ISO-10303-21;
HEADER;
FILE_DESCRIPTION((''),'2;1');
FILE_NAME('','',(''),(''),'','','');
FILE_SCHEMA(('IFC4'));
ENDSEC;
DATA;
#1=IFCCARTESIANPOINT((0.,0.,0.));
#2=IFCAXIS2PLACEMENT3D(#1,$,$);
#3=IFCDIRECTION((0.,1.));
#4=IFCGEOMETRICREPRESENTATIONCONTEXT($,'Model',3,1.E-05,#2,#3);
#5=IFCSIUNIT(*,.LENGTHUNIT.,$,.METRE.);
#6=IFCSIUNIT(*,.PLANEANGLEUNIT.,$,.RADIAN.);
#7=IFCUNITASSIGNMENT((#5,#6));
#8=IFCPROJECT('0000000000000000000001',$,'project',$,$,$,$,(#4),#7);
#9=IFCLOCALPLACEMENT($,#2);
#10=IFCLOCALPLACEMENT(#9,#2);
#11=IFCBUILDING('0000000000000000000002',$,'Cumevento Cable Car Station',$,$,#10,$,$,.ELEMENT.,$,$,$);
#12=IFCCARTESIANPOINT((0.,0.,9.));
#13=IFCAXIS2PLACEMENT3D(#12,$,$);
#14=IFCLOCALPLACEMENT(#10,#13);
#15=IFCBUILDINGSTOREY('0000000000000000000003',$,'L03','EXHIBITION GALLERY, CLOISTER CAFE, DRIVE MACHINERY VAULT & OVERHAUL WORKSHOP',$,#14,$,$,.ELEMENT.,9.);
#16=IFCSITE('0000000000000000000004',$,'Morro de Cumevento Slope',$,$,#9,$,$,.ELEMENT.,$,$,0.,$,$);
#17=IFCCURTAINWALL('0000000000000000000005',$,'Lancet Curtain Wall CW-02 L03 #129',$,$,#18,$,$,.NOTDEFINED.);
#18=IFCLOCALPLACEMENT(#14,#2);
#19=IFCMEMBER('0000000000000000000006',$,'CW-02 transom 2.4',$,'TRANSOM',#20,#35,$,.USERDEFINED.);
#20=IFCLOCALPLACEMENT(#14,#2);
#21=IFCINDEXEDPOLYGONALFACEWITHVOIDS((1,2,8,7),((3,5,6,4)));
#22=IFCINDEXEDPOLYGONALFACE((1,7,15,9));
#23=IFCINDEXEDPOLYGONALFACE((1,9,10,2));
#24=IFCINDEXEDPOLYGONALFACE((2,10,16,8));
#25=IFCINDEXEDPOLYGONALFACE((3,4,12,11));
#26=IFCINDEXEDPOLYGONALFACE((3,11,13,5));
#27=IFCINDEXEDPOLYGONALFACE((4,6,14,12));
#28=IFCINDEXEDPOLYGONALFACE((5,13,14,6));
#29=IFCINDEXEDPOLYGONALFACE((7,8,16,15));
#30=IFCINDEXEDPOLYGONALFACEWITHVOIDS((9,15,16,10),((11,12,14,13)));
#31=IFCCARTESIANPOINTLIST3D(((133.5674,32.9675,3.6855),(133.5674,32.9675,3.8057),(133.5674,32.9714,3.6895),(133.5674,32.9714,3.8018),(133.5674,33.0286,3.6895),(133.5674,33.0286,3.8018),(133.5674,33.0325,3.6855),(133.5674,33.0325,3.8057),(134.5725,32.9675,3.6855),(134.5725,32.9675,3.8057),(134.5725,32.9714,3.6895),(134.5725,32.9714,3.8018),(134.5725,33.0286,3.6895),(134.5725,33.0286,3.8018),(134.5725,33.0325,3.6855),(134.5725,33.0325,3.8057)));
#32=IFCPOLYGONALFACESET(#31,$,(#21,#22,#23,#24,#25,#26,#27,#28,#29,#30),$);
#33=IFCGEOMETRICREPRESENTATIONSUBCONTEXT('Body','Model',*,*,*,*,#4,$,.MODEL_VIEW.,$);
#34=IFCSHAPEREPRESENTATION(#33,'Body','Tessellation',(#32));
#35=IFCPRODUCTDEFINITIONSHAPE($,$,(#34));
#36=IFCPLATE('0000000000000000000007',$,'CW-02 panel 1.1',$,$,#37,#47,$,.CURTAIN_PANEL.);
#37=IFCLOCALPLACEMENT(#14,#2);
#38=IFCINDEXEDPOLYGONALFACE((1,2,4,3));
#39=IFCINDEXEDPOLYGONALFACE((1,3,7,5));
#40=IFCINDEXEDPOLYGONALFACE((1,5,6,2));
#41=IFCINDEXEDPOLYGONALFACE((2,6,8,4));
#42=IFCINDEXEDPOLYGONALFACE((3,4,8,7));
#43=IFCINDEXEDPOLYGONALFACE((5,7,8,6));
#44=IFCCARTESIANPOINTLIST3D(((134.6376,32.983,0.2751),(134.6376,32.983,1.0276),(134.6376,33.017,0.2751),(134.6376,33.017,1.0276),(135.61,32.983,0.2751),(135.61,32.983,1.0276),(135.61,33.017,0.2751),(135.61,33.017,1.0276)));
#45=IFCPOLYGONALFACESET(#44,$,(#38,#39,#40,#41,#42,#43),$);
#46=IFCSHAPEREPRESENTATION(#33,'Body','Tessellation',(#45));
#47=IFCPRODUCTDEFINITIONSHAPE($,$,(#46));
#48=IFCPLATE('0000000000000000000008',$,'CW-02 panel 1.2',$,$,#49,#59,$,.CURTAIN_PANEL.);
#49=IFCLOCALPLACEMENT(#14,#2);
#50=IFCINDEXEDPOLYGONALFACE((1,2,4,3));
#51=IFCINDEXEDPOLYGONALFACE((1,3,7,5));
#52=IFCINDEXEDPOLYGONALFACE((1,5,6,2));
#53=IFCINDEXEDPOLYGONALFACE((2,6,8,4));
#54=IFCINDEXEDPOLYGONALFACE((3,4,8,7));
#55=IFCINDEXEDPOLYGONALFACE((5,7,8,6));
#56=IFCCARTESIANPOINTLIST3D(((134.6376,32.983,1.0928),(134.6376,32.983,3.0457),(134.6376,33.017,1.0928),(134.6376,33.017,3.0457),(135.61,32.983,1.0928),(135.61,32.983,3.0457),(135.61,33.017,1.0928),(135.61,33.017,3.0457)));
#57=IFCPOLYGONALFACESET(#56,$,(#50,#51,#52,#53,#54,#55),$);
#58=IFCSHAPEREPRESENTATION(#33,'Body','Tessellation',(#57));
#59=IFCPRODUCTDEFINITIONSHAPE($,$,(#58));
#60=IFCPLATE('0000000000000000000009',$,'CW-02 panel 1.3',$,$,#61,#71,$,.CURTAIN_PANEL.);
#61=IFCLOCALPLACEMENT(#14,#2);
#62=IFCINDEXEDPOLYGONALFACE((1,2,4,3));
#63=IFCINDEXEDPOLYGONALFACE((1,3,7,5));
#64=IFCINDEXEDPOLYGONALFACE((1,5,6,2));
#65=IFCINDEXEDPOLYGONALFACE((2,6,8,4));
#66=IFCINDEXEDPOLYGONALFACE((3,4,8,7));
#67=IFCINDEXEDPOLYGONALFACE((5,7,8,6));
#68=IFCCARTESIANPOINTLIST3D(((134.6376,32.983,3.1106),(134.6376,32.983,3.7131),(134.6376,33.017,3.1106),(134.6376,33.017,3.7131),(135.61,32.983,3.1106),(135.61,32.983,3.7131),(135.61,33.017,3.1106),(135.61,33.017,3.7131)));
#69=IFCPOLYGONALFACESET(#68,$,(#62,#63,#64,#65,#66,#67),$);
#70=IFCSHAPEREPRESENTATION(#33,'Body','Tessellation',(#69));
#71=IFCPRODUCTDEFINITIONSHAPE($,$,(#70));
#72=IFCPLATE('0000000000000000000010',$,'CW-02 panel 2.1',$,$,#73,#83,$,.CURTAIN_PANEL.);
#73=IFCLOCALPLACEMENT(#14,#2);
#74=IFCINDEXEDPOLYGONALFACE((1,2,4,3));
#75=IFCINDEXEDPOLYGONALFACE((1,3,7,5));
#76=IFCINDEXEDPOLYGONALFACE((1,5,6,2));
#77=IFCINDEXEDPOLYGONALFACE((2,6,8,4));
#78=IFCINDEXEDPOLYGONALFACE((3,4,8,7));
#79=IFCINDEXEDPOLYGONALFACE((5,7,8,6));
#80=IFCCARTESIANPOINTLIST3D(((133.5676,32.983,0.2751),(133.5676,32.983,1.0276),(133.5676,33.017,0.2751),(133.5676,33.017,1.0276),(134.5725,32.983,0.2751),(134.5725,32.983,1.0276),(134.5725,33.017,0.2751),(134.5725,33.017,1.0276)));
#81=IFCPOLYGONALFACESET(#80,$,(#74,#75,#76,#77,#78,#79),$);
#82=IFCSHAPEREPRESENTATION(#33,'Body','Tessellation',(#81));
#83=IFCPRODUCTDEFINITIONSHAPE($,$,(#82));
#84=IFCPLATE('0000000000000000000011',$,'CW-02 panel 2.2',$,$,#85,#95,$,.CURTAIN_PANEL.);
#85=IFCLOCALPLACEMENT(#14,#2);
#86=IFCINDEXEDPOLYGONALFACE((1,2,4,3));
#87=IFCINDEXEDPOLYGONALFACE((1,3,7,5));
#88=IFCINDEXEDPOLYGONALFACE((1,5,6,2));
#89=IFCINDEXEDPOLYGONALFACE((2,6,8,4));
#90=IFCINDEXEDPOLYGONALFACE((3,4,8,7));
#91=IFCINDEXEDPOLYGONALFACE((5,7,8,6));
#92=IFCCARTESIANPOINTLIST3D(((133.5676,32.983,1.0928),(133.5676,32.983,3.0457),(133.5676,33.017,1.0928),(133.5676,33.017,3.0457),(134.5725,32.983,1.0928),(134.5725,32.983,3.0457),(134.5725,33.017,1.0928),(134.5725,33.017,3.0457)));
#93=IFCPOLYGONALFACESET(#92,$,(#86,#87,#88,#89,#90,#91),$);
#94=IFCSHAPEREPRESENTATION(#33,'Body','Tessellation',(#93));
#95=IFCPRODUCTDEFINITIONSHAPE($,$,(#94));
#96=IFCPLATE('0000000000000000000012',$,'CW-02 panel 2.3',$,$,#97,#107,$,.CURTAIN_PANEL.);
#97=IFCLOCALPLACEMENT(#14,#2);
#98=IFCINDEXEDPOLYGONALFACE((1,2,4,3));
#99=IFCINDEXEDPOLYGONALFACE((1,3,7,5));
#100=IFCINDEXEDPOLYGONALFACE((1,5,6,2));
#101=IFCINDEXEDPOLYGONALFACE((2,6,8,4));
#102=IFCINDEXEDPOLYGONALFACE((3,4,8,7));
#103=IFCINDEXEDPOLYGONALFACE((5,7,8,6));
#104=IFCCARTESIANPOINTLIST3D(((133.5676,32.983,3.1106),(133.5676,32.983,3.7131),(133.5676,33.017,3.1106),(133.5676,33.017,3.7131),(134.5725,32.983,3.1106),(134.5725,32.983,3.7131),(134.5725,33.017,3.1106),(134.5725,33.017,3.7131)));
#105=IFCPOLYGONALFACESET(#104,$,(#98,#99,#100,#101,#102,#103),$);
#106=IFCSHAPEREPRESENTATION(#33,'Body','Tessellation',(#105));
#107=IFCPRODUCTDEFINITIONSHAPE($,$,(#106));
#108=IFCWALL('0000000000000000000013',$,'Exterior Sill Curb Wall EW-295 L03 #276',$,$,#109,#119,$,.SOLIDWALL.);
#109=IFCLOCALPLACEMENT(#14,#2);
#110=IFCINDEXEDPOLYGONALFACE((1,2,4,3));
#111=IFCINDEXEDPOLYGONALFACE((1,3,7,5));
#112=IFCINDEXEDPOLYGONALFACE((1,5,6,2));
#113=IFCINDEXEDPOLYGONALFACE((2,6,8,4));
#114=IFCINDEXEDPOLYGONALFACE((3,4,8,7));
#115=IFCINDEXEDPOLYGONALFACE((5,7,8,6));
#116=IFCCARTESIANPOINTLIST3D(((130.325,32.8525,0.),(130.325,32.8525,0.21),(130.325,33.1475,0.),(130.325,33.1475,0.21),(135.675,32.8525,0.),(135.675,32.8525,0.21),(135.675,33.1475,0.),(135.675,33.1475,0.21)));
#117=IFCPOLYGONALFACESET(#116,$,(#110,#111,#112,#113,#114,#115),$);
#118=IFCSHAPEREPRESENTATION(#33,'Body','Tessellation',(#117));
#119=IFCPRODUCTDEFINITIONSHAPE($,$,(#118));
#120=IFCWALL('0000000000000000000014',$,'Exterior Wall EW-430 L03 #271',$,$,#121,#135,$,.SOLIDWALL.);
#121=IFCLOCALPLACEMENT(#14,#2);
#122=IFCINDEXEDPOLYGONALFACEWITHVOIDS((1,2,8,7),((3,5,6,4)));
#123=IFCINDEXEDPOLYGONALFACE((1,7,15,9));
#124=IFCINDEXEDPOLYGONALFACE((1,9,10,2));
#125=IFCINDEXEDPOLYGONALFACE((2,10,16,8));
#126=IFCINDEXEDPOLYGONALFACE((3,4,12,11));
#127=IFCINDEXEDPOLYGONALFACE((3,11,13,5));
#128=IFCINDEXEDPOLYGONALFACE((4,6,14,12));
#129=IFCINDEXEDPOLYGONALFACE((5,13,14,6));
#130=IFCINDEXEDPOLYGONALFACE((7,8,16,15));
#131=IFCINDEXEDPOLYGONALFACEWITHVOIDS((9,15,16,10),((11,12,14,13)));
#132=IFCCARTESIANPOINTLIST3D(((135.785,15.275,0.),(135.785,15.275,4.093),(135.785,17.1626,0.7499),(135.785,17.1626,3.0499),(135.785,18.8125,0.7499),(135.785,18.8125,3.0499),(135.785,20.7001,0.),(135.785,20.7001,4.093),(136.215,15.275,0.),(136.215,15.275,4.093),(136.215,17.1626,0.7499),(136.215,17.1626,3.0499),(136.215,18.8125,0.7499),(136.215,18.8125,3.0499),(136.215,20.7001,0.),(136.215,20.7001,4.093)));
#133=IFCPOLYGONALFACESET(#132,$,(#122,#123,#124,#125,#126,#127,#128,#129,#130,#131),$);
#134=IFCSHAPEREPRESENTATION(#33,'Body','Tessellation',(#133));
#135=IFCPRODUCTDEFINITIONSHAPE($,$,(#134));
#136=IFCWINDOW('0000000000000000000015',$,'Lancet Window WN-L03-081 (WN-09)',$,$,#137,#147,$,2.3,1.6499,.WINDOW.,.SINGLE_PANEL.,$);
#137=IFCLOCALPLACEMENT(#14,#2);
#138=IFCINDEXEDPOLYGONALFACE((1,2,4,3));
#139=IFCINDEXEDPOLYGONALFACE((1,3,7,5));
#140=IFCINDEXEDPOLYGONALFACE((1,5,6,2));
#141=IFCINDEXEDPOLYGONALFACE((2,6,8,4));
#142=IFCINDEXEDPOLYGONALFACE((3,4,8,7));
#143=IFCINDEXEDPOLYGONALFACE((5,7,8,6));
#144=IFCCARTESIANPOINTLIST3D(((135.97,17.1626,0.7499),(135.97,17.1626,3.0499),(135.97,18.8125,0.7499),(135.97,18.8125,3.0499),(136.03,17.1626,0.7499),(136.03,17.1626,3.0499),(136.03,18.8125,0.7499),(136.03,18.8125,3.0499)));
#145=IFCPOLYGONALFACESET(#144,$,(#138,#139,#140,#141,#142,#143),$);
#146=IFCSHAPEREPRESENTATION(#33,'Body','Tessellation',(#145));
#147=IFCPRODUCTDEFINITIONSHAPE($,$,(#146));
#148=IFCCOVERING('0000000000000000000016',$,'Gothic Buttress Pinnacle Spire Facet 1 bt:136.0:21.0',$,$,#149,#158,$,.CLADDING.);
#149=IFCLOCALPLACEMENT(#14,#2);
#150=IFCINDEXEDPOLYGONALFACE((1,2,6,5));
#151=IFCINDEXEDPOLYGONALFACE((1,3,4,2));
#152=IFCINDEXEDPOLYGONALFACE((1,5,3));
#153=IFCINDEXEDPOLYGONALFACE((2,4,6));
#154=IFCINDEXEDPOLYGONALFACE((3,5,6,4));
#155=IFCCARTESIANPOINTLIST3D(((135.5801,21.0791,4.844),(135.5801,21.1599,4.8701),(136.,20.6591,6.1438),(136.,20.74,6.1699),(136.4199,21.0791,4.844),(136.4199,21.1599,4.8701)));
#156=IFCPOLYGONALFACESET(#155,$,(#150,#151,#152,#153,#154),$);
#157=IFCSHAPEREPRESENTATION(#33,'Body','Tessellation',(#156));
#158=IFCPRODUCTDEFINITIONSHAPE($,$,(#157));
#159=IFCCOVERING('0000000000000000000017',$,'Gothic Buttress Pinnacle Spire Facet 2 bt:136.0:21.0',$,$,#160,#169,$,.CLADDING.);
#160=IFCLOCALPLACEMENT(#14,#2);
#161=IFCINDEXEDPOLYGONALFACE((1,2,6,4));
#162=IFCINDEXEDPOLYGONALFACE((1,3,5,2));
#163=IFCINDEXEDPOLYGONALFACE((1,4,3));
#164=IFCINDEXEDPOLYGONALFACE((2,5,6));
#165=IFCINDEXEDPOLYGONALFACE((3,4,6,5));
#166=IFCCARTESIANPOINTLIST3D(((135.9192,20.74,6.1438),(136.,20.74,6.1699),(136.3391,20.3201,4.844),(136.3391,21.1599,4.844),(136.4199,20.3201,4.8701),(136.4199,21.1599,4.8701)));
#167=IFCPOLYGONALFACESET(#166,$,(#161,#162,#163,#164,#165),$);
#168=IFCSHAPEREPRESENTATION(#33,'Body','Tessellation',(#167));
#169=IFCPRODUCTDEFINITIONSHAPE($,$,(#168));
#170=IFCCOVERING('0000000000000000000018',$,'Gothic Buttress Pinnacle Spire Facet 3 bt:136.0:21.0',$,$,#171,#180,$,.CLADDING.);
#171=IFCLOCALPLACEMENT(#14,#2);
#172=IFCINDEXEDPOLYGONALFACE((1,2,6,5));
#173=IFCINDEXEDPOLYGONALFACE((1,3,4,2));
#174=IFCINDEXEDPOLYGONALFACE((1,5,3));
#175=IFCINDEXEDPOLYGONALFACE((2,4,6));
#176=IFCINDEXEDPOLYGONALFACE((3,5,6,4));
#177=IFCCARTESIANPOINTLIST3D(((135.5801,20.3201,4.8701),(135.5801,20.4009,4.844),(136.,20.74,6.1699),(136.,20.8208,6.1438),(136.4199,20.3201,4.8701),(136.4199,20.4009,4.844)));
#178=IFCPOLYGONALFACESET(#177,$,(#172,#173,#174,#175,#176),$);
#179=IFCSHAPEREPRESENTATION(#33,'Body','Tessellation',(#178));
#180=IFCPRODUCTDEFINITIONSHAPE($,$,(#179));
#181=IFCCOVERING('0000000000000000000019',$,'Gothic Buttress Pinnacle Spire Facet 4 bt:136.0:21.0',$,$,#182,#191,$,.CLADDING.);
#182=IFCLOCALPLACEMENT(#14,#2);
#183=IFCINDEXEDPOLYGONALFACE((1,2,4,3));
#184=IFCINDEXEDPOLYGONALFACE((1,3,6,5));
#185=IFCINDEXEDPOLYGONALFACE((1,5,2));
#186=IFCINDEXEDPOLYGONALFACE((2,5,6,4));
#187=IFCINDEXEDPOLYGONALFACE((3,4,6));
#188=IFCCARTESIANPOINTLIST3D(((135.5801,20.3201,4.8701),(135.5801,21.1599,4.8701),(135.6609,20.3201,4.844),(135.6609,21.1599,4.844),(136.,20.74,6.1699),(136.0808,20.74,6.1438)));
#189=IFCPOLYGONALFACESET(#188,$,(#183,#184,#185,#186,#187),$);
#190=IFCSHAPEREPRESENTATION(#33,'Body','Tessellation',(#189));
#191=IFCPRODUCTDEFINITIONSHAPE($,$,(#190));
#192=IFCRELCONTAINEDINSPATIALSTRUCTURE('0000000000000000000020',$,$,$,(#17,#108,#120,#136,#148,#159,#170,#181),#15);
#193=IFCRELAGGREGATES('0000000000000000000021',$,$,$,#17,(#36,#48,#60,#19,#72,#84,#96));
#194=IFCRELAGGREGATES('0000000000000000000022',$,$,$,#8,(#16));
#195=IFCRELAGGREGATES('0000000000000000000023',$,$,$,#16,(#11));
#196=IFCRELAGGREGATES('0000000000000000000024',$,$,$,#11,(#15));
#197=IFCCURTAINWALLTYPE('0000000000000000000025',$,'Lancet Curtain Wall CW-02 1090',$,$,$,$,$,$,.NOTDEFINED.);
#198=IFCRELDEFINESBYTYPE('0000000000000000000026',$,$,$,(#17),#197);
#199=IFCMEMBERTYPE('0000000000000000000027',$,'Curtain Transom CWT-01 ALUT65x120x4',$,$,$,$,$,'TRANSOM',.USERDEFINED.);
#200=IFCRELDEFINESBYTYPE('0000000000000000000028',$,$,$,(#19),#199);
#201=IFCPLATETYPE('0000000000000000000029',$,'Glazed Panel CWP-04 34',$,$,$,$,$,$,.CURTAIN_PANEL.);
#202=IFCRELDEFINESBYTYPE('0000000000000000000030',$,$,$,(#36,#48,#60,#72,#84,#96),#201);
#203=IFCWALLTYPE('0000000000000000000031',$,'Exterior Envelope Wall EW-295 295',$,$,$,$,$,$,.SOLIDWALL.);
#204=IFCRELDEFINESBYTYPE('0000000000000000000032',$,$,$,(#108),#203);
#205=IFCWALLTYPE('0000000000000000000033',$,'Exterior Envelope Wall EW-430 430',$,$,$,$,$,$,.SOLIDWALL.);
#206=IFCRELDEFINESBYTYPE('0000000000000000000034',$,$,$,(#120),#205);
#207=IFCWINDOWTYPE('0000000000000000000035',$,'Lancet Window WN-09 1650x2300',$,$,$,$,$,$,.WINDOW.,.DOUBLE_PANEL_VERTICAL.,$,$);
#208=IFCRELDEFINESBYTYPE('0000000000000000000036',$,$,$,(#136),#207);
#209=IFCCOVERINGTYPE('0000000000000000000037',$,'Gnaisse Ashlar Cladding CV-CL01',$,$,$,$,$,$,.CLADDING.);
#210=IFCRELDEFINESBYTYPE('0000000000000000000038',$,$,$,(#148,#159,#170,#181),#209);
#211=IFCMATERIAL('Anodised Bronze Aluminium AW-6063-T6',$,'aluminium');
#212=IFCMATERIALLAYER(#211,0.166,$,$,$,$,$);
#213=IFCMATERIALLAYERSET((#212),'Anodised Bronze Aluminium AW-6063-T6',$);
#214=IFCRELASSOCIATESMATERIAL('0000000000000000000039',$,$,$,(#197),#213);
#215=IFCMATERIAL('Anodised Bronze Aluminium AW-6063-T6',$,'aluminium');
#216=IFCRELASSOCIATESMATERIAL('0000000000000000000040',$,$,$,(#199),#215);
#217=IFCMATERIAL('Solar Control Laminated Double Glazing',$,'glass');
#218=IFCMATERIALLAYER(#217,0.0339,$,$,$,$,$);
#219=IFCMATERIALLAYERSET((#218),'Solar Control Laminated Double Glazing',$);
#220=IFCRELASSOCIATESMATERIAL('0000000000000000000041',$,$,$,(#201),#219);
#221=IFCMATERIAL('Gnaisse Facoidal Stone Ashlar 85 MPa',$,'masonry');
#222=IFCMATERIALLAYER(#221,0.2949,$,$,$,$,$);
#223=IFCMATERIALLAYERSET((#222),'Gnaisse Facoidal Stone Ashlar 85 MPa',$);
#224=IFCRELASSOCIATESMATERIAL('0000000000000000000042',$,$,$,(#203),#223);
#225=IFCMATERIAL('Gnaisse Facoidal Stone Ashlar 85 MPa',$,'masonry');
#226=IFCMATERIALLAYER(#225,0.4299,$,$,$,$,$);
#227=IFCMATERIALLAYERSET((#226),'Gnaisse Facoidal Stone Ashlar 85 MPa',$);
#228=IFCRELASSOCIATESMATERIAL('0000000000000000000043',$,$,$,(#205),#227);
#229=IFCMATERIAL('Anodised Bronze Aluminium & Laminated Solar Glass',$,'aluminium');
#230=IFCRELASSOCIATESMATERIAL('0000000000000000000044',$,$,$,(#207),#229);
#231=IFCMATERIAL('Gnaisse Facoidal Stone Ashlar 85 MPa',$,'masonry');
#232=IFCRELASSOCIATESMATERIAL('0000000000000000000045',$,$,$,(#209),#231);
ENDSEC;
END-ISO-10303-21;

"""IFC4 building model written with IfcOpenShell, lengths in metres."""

from ifc_helpers import new_model, si_unit, direction, frame, frame_2d, origin, origin_2d, place, context, subcontext, project, spatial, polyline, rectangle, hollow_rectangle, outline, extrude, material, layer, layer_set, material_profile, profile_set, type_object, element, fill, aggregate, save


model = new_model("IFC4")

# Units and contexts
model_context = context("Model", 3, precision=1e-05, world=origin(), true_north=direction((0.0, 1.0)))
body_context = subcontext(model_context, "Body", "Model", "MODEL_VIEW")
ifc_project = project(units=[si_unit("LENGTHUNIT", "METRE"), si_unit("PLANEANGLEUNIT", "RADIAN")], contexts=[model_context])

# Site, building, storey
site_placement = place(None, origin())
site = spatial("IfcSite", under=ifc_project, at=site_placement, Name="Morro de Cumevento Slope", CompositionType="ELEMENT", RefElevation=0.0)
building_placement = place(site_placement, origin())
building = spatial("IfcBuilding", under=site, at=building_placement, Name="Cumevento Cable Car Station", CompositionType="ELEMENT")
storey_placement = place(building_placement, frame((0.0, 0.0, 9.0)))
storey = spatial("IfcBuildingStorey", under=building, at=storey_placement, Name="L03", Description="EXHIBITION GALLERY, CLOISTER CAFE, DRIVE MACHINERY VAULT & OVERHAUL WORKSHOP", CompositionType="ELEMENT", Elevation=9.0)

# Curtain wall, member, plates
ifc_material_1 = material(Name="Anodised Bronze Aluminium AW-6063-T6", Category="aluminium")
ifc_layer_1 = layer(ifc_material_1, 0.166)
ifc_layer_set_1 = layer_set([ifc_layer_1], Name="Anodised Bronze Aluminium AW-6063-T6")
curtain_wall_type = type_object("IfcCurtainWallType", Name="Lancet Curtain Wall CW-02 1090", PredefinedType="NOTDEFINED", material=ifc_layer_set_1)
curtain_wall_placement = place(storey_placement, origin())
curtain_wall = element("IfcCurtainWall", 1, at=curtain_wall_placement, inside=storey, type_object=curtain_wall_type, Name="Lancet Curtain Wall CW-02 L03 #129", PredefinedType="NOTDEFINED")
ifc_material_2 = material(Name="Anodised Bronze Aluminium AW-6063-T6", Category="aluminium")
ifc_material_profile_1 = material_profile(ifc_material_2, hollow_rectangle(XDim=0.0649, YDim=0.1201, WallThickness=0.0039, at=origin_2d()), Name="ALUT65x120x4")
ifc_profile_set_1 = profile_set([ifc_material_profile_1], Name="Anodised Bronze Aluminium AW-6063-T6")
member_type_1 = type_object("IfcMemberType", Name="Curtain Transom CWT-01 ALUT65x120x4", ElementType="TRANSOM", PredefinedType="USERDEFINED", material=ifc_profile_set_1)
member_1_placement = place(storey_placement, frame((134.5725, 33.0, 3.7456), z_axis=(-1.0, 0.0, 0.0), x_axis=(0.0, -1.0, 0.0)))
member_1 = element("IfcMember", 2, at=member_1_placement, type_object=member_type_1, Name="CW-02 transom 2.4", ObjectType="TRANSOM", PredefinedType="USERDEFINED", context=body_context, shape_type="SweptSolid", body=[
    extrude(hollow_rectangle(XDim=0.0649, YDim=0.1201, WallThickness=0.0039, at=origin_2d()), origin(), (0.0, 0.0, 1.0), 1.0051),
])
ifc_material_3 = material(Name="Solar Control Laminated Double Glazing", Category="glass")
ifc_layer_2 = layer(ifc_material_3, 0.0339)
ifc_layer_set_2 = layer_set([ifc_layer_2], Name="Solar Control Laminated Double Glazing")
plate_type = type_object("IfcPlateType", Name="Glazed Panel CWP-04 34", PredefinedType="CURTAIN_PANEL", material=ifc_layer_set_2)
plate_1_placement = place(storey_placement, frame((135.1238, 33.0, 0.2751), z_axis=(0.0, 0.0, 1.0), x_axis=(-1.0, 0.0, 0.0)))
plate_1 = element("IfcPlate", 3, at=plate_1_placement, type_object=plate_type, Name="CW-02 panel 1.1", PredefinedType="CURTAIN_PANEL", context=body_context, shape_type="SweptSolid", body=[
    extrude(rectangle(XDim=0.9724, YDim=0.0339, at=origin_2d()), origin(), (0.0, 0.0, 1.0), 0.7524),
])
plate_2_placement = place(storey_placement, frame((135.1238, 33.0, 1.0928), z_axis=(0.0, 0.0, 1.0), x_axis=(-1.0, 0.0, 0.0)))
plate_2 = element("IfcPlate", 4, at=plate_2_placement, type_object=plate_type, Name="CW-02 panel 1.2", PredefinedType="CURTAIN_PANEL", context=body_context, shape_type="SweptSolid", body=[
    extrude(rectangle(XDim=0.9724, YDim=0.0339, at=origin_2d()), origin(), (0.0, 0.0, 1.0), 1.9529),
])
plate_3_placement = place(storey_placement, frame((135.1238, 33.0, 3.1106), z_axis=(0.0, 0.0, 1.0), x_axis=(-1.0, 0.0, 0.0)))
plate_3 = element("IfcPlate", 5, at=plate_3_placement, type_object=plate_type, Name="CW-02 panel 1.3", PredefinedType="CURTAIN_PANEL", context=body_context, shape_type="SweptSolid", body=[
    extrude(rectangle(XDim=0.9724, YDim=0.0339, at=origin_2d()), origin(), (0.0, 0.0, 1.0), 0.6025),
])
plate_4_placement = place(storey_placement, frame((134.0701, 33.0, 0.2751), z_axis=(0.0, 0.0, 1.0), x_axis=(-1.0, 0.0, 0.0)))
plate_4 = element("IfcPlate", 6, at=plate_4_placement, type_object=plate_type, Name="CW-02 panel 2.1", PredefinedType="CURTAIN_PANEL", context=body_context, shape_type="SweptSolid", body=[
    extrude(rectangle(XDim=1.0049, YDim=0.0339, at=origin_2d()), origin(), (0.0, 0.0, 1.0), 0.7524),
])
plate_5_placement = place(storey_placement, frame((134.0701, 33.0, 1.0928), z_axis=(0.0, 0.0, 1.0), x_axis=(-1.0, 0.0, 0.0)))
plate_5 = element("IfcPlate", 7, at=plate_5_placement, type_object=plate_type, Name="CW-02 panel 2.2", PredefinedType="CURTAIN_PANEL", context=body_context, shape_type="SweptSolid", body=[
    extrude(rectangle(XDim=1.0049, YDim=0.0339, at=origin_2d()), origin(), (0.0, 0.0, 1.0), 1.9529),
])
plate_6_placement = place(storey_placement, frame((134.0701, 33.0, 3.1106), z_axis=(0.0, 0.0, 1.0), x_axis=(-1.0, 0.0, 0.0)))
plate_6 = element("IfcPlate", 8, at=plate_6_placement, type_object=plate_type, Name="CW-02 panel 2.3", PredefinedType="CURTAIN_PANEL", context=body_context, shape_type="SweptSolid", body=[
    extrude(rectangle(XDim=1.0049, YDim=0.0339, at=origin_2d()), origin(), (0.0, 0.0, 1.0), 0.6025),
])
aggregate(curtain_wall, [plate_1, plate_2, plate_3, member_1, plate_4, plate_5, plate_6])

# Wall
ifc_material_4 = material(Name="Gnaisse Facoidal Stone Ashlar 85 MPa", Category="masonry")
ifc_layer_3 = layer(ifc_material_4, 0.2949)
ifc_layer_set_3 = layer_set([ifc_layer_3], Name="Gnaisse Facoidal Stone Ashlar 85 MPa")
wall_type_1 = type_object("IfcWallType", Name="Exterior Envelope Wall EW-295 295", PredefinedType="SOLIDWALL", material=ifc_layer_set_3)
wall_1_placement = place(storey_placement, frame((135.675, 33.0, 0.0), z_axis=(0.0, 0.0, 1.0), x_axis=(-1.0, 0.0, 0.0)))
element("IfcWall", 9, at=wall_1_placement, inside=storey, type_object=wall_type_1, Name="Exterior Sill Curb Wall EW-295 L03 #276", PredefinedType="SOLIDWALL", context=body_context, shape_type="SweptSolid", body=[
    extrude(rectangle(XDim=5.3501, YDim=0.2949, at=frame_2d((2.675, 0.0))), origin(), (0.0, 0.0, 1.0), 0.21),
])

# Wall, opening, window
ifc_material_5 = material(Name="Gnaisse Facoidal Stone Ashlar 85 MPa", Category="masonry")
ifc_layer_4 = layer(ifc_material_5, 0.4299)
ifc_layer_set_4 = layer_set([ifc_layer_4], Name="Gnaisse Facoidal Stone Ashlar 85 MPa")
wall_type_2 = type_object("IfcWallType", Name="Exterior Envelope Wall EW-430 430", PredefinedType="SOLIDWALL", material=ifc_layer_set_4)
wall_2_placement = place(storey_placement, frame((136.0, 20.7, 0.0), z_axis=(0.0, 0.0, 1.0), x_axis=(0.0, -1.0, 0.0)))
wall_2 = element("IfcWall", 10, at=wall_2_placement, inside=storey, type_object=wall_type_2, Name="Exterior Wall EW-430 L03 #271", PredefinedType="SOLIDWALL", context=body_context, shape_type="SweptSolid", body=[
    extrude(rectangle(XDim=5.425, YDim=0.4299, at=frame_2d((2.7124, 0.0))), origin(), (0.0, 0.0, 1.0), 4.093),
])
opening_placement = place(wall_2_placement, frame((1.8875, 0.0, 0.75)))
opening = element("IfcOpeningElement", 11, at=opening_placement, cuts=wall_2, PredefinedType="OPENING", context=body_context, shape_type="SweptSolid", body=[
    extrude(rectangle(XDim=1.6499, YDim=2.3, at=frame_2d((0.825, 1.1499))), frame((0.0, 0.2249, 0.0), z_axis=(0.0, -1.0, 0.0), x_axis=(1.0, 0.0, 0.0)), (0.0, 0.0, 1.0), 0.45),
])
ifc_material_6 = material(Name="Anodised Bronze Aluminium & Laminated Solar Glass", Category="aluminium")
window_type = type_object("IfcWindowType", Name="Lancet Window WN-09 1650x2300", PartitioningType="DOUBLE_PANEL_VERTICAL", PredefinedType="WINDOW", material=ifc_material_6)
window_placement = place(opening_placement, origin())
window = element("IfcWindow", 12, at=window_placement, inside=storey, type_object=window_type, Name="Lancet Window WN-L03-081 (WN-09)", OverallHeight=2.3, OverallWidth=1.6499, PartitioningType="SINGLE_PANEL", PredefinedType="WINDOW", context=body_context, shape_type="SweptSolid", body=[
    extrude(rectangle(XDim=1.6499, YDim=2.3, at=frame_2d((0.825, 1.1499))), frame((0.0, 0.03, 0.0), z_axis=(0.0, -1.0, 0.0), x_axis=(1.0, 0.0, 0.0)), (0.0, 0.0, 1.0), 0.0601),
])
fill(opening, window)

# Coverings
ifc_material_7 = material(Name="Gnaisse Facoidal Stone Ashlar 85 MPa", Category="masonry")
covering_type = type_object("IfcCoveringType", Name="Gnaisse Ashlar Cladding CV-CL01", PredefinedType="CLADDING", material=ifc_material_7)
for number, where, z_axis, x_axis, name in (
    (13, (135.5801, 21.1599, 4.8701), (0.0, 0.951574, 0.307421), (1.0, 0.0, 0.0), "Gothic Buttress Pinnacle Spire Facet 1 bt:136.0:21.0"),
    (14, (136.4199, 21.1599, 4.8701), (0.951574, 0.0, 0.307421), (0.0, -1.0, 0.0), "Gothic Buttress Pinnacle Spire Facet 2 bt:136.0:21.0"),
    (15, (136.4199, 20.3201, 4.8701), (0.0, -0.951574, 0.307421), (-1.0, 0.0, 0.0), "Gothic Buttress Pinnacle Spire Facet 3 bt:136.0:21.0"),
    (16, (135.5801, 20.3201, 4.8701), (-0.951574, 0.0, 0.307421), (0.0, 1.0, 0.0), "Gothic Buttress Pinnacle Spire Facet 4 bt:136.0:21.0"),
):
    element("IfcCovering", number, at=place(storey_placement, frame(where, z_axis=z_axis, x_axis=x_axis)), inside=storey, type_object=covering_type, Name=name, PredefinedType="CLADDING", context=body_context, shape_type="SweptSolid", body=[
        extrude(outline(polyline([(0.0, 0.0), (0.8398, 0.0), (0.4199, -1.366), (0.0, 0.0)])), origin(), (0.0, 0.0, -1.0), 0.085),
    ])

save(model, "model.ifc")
